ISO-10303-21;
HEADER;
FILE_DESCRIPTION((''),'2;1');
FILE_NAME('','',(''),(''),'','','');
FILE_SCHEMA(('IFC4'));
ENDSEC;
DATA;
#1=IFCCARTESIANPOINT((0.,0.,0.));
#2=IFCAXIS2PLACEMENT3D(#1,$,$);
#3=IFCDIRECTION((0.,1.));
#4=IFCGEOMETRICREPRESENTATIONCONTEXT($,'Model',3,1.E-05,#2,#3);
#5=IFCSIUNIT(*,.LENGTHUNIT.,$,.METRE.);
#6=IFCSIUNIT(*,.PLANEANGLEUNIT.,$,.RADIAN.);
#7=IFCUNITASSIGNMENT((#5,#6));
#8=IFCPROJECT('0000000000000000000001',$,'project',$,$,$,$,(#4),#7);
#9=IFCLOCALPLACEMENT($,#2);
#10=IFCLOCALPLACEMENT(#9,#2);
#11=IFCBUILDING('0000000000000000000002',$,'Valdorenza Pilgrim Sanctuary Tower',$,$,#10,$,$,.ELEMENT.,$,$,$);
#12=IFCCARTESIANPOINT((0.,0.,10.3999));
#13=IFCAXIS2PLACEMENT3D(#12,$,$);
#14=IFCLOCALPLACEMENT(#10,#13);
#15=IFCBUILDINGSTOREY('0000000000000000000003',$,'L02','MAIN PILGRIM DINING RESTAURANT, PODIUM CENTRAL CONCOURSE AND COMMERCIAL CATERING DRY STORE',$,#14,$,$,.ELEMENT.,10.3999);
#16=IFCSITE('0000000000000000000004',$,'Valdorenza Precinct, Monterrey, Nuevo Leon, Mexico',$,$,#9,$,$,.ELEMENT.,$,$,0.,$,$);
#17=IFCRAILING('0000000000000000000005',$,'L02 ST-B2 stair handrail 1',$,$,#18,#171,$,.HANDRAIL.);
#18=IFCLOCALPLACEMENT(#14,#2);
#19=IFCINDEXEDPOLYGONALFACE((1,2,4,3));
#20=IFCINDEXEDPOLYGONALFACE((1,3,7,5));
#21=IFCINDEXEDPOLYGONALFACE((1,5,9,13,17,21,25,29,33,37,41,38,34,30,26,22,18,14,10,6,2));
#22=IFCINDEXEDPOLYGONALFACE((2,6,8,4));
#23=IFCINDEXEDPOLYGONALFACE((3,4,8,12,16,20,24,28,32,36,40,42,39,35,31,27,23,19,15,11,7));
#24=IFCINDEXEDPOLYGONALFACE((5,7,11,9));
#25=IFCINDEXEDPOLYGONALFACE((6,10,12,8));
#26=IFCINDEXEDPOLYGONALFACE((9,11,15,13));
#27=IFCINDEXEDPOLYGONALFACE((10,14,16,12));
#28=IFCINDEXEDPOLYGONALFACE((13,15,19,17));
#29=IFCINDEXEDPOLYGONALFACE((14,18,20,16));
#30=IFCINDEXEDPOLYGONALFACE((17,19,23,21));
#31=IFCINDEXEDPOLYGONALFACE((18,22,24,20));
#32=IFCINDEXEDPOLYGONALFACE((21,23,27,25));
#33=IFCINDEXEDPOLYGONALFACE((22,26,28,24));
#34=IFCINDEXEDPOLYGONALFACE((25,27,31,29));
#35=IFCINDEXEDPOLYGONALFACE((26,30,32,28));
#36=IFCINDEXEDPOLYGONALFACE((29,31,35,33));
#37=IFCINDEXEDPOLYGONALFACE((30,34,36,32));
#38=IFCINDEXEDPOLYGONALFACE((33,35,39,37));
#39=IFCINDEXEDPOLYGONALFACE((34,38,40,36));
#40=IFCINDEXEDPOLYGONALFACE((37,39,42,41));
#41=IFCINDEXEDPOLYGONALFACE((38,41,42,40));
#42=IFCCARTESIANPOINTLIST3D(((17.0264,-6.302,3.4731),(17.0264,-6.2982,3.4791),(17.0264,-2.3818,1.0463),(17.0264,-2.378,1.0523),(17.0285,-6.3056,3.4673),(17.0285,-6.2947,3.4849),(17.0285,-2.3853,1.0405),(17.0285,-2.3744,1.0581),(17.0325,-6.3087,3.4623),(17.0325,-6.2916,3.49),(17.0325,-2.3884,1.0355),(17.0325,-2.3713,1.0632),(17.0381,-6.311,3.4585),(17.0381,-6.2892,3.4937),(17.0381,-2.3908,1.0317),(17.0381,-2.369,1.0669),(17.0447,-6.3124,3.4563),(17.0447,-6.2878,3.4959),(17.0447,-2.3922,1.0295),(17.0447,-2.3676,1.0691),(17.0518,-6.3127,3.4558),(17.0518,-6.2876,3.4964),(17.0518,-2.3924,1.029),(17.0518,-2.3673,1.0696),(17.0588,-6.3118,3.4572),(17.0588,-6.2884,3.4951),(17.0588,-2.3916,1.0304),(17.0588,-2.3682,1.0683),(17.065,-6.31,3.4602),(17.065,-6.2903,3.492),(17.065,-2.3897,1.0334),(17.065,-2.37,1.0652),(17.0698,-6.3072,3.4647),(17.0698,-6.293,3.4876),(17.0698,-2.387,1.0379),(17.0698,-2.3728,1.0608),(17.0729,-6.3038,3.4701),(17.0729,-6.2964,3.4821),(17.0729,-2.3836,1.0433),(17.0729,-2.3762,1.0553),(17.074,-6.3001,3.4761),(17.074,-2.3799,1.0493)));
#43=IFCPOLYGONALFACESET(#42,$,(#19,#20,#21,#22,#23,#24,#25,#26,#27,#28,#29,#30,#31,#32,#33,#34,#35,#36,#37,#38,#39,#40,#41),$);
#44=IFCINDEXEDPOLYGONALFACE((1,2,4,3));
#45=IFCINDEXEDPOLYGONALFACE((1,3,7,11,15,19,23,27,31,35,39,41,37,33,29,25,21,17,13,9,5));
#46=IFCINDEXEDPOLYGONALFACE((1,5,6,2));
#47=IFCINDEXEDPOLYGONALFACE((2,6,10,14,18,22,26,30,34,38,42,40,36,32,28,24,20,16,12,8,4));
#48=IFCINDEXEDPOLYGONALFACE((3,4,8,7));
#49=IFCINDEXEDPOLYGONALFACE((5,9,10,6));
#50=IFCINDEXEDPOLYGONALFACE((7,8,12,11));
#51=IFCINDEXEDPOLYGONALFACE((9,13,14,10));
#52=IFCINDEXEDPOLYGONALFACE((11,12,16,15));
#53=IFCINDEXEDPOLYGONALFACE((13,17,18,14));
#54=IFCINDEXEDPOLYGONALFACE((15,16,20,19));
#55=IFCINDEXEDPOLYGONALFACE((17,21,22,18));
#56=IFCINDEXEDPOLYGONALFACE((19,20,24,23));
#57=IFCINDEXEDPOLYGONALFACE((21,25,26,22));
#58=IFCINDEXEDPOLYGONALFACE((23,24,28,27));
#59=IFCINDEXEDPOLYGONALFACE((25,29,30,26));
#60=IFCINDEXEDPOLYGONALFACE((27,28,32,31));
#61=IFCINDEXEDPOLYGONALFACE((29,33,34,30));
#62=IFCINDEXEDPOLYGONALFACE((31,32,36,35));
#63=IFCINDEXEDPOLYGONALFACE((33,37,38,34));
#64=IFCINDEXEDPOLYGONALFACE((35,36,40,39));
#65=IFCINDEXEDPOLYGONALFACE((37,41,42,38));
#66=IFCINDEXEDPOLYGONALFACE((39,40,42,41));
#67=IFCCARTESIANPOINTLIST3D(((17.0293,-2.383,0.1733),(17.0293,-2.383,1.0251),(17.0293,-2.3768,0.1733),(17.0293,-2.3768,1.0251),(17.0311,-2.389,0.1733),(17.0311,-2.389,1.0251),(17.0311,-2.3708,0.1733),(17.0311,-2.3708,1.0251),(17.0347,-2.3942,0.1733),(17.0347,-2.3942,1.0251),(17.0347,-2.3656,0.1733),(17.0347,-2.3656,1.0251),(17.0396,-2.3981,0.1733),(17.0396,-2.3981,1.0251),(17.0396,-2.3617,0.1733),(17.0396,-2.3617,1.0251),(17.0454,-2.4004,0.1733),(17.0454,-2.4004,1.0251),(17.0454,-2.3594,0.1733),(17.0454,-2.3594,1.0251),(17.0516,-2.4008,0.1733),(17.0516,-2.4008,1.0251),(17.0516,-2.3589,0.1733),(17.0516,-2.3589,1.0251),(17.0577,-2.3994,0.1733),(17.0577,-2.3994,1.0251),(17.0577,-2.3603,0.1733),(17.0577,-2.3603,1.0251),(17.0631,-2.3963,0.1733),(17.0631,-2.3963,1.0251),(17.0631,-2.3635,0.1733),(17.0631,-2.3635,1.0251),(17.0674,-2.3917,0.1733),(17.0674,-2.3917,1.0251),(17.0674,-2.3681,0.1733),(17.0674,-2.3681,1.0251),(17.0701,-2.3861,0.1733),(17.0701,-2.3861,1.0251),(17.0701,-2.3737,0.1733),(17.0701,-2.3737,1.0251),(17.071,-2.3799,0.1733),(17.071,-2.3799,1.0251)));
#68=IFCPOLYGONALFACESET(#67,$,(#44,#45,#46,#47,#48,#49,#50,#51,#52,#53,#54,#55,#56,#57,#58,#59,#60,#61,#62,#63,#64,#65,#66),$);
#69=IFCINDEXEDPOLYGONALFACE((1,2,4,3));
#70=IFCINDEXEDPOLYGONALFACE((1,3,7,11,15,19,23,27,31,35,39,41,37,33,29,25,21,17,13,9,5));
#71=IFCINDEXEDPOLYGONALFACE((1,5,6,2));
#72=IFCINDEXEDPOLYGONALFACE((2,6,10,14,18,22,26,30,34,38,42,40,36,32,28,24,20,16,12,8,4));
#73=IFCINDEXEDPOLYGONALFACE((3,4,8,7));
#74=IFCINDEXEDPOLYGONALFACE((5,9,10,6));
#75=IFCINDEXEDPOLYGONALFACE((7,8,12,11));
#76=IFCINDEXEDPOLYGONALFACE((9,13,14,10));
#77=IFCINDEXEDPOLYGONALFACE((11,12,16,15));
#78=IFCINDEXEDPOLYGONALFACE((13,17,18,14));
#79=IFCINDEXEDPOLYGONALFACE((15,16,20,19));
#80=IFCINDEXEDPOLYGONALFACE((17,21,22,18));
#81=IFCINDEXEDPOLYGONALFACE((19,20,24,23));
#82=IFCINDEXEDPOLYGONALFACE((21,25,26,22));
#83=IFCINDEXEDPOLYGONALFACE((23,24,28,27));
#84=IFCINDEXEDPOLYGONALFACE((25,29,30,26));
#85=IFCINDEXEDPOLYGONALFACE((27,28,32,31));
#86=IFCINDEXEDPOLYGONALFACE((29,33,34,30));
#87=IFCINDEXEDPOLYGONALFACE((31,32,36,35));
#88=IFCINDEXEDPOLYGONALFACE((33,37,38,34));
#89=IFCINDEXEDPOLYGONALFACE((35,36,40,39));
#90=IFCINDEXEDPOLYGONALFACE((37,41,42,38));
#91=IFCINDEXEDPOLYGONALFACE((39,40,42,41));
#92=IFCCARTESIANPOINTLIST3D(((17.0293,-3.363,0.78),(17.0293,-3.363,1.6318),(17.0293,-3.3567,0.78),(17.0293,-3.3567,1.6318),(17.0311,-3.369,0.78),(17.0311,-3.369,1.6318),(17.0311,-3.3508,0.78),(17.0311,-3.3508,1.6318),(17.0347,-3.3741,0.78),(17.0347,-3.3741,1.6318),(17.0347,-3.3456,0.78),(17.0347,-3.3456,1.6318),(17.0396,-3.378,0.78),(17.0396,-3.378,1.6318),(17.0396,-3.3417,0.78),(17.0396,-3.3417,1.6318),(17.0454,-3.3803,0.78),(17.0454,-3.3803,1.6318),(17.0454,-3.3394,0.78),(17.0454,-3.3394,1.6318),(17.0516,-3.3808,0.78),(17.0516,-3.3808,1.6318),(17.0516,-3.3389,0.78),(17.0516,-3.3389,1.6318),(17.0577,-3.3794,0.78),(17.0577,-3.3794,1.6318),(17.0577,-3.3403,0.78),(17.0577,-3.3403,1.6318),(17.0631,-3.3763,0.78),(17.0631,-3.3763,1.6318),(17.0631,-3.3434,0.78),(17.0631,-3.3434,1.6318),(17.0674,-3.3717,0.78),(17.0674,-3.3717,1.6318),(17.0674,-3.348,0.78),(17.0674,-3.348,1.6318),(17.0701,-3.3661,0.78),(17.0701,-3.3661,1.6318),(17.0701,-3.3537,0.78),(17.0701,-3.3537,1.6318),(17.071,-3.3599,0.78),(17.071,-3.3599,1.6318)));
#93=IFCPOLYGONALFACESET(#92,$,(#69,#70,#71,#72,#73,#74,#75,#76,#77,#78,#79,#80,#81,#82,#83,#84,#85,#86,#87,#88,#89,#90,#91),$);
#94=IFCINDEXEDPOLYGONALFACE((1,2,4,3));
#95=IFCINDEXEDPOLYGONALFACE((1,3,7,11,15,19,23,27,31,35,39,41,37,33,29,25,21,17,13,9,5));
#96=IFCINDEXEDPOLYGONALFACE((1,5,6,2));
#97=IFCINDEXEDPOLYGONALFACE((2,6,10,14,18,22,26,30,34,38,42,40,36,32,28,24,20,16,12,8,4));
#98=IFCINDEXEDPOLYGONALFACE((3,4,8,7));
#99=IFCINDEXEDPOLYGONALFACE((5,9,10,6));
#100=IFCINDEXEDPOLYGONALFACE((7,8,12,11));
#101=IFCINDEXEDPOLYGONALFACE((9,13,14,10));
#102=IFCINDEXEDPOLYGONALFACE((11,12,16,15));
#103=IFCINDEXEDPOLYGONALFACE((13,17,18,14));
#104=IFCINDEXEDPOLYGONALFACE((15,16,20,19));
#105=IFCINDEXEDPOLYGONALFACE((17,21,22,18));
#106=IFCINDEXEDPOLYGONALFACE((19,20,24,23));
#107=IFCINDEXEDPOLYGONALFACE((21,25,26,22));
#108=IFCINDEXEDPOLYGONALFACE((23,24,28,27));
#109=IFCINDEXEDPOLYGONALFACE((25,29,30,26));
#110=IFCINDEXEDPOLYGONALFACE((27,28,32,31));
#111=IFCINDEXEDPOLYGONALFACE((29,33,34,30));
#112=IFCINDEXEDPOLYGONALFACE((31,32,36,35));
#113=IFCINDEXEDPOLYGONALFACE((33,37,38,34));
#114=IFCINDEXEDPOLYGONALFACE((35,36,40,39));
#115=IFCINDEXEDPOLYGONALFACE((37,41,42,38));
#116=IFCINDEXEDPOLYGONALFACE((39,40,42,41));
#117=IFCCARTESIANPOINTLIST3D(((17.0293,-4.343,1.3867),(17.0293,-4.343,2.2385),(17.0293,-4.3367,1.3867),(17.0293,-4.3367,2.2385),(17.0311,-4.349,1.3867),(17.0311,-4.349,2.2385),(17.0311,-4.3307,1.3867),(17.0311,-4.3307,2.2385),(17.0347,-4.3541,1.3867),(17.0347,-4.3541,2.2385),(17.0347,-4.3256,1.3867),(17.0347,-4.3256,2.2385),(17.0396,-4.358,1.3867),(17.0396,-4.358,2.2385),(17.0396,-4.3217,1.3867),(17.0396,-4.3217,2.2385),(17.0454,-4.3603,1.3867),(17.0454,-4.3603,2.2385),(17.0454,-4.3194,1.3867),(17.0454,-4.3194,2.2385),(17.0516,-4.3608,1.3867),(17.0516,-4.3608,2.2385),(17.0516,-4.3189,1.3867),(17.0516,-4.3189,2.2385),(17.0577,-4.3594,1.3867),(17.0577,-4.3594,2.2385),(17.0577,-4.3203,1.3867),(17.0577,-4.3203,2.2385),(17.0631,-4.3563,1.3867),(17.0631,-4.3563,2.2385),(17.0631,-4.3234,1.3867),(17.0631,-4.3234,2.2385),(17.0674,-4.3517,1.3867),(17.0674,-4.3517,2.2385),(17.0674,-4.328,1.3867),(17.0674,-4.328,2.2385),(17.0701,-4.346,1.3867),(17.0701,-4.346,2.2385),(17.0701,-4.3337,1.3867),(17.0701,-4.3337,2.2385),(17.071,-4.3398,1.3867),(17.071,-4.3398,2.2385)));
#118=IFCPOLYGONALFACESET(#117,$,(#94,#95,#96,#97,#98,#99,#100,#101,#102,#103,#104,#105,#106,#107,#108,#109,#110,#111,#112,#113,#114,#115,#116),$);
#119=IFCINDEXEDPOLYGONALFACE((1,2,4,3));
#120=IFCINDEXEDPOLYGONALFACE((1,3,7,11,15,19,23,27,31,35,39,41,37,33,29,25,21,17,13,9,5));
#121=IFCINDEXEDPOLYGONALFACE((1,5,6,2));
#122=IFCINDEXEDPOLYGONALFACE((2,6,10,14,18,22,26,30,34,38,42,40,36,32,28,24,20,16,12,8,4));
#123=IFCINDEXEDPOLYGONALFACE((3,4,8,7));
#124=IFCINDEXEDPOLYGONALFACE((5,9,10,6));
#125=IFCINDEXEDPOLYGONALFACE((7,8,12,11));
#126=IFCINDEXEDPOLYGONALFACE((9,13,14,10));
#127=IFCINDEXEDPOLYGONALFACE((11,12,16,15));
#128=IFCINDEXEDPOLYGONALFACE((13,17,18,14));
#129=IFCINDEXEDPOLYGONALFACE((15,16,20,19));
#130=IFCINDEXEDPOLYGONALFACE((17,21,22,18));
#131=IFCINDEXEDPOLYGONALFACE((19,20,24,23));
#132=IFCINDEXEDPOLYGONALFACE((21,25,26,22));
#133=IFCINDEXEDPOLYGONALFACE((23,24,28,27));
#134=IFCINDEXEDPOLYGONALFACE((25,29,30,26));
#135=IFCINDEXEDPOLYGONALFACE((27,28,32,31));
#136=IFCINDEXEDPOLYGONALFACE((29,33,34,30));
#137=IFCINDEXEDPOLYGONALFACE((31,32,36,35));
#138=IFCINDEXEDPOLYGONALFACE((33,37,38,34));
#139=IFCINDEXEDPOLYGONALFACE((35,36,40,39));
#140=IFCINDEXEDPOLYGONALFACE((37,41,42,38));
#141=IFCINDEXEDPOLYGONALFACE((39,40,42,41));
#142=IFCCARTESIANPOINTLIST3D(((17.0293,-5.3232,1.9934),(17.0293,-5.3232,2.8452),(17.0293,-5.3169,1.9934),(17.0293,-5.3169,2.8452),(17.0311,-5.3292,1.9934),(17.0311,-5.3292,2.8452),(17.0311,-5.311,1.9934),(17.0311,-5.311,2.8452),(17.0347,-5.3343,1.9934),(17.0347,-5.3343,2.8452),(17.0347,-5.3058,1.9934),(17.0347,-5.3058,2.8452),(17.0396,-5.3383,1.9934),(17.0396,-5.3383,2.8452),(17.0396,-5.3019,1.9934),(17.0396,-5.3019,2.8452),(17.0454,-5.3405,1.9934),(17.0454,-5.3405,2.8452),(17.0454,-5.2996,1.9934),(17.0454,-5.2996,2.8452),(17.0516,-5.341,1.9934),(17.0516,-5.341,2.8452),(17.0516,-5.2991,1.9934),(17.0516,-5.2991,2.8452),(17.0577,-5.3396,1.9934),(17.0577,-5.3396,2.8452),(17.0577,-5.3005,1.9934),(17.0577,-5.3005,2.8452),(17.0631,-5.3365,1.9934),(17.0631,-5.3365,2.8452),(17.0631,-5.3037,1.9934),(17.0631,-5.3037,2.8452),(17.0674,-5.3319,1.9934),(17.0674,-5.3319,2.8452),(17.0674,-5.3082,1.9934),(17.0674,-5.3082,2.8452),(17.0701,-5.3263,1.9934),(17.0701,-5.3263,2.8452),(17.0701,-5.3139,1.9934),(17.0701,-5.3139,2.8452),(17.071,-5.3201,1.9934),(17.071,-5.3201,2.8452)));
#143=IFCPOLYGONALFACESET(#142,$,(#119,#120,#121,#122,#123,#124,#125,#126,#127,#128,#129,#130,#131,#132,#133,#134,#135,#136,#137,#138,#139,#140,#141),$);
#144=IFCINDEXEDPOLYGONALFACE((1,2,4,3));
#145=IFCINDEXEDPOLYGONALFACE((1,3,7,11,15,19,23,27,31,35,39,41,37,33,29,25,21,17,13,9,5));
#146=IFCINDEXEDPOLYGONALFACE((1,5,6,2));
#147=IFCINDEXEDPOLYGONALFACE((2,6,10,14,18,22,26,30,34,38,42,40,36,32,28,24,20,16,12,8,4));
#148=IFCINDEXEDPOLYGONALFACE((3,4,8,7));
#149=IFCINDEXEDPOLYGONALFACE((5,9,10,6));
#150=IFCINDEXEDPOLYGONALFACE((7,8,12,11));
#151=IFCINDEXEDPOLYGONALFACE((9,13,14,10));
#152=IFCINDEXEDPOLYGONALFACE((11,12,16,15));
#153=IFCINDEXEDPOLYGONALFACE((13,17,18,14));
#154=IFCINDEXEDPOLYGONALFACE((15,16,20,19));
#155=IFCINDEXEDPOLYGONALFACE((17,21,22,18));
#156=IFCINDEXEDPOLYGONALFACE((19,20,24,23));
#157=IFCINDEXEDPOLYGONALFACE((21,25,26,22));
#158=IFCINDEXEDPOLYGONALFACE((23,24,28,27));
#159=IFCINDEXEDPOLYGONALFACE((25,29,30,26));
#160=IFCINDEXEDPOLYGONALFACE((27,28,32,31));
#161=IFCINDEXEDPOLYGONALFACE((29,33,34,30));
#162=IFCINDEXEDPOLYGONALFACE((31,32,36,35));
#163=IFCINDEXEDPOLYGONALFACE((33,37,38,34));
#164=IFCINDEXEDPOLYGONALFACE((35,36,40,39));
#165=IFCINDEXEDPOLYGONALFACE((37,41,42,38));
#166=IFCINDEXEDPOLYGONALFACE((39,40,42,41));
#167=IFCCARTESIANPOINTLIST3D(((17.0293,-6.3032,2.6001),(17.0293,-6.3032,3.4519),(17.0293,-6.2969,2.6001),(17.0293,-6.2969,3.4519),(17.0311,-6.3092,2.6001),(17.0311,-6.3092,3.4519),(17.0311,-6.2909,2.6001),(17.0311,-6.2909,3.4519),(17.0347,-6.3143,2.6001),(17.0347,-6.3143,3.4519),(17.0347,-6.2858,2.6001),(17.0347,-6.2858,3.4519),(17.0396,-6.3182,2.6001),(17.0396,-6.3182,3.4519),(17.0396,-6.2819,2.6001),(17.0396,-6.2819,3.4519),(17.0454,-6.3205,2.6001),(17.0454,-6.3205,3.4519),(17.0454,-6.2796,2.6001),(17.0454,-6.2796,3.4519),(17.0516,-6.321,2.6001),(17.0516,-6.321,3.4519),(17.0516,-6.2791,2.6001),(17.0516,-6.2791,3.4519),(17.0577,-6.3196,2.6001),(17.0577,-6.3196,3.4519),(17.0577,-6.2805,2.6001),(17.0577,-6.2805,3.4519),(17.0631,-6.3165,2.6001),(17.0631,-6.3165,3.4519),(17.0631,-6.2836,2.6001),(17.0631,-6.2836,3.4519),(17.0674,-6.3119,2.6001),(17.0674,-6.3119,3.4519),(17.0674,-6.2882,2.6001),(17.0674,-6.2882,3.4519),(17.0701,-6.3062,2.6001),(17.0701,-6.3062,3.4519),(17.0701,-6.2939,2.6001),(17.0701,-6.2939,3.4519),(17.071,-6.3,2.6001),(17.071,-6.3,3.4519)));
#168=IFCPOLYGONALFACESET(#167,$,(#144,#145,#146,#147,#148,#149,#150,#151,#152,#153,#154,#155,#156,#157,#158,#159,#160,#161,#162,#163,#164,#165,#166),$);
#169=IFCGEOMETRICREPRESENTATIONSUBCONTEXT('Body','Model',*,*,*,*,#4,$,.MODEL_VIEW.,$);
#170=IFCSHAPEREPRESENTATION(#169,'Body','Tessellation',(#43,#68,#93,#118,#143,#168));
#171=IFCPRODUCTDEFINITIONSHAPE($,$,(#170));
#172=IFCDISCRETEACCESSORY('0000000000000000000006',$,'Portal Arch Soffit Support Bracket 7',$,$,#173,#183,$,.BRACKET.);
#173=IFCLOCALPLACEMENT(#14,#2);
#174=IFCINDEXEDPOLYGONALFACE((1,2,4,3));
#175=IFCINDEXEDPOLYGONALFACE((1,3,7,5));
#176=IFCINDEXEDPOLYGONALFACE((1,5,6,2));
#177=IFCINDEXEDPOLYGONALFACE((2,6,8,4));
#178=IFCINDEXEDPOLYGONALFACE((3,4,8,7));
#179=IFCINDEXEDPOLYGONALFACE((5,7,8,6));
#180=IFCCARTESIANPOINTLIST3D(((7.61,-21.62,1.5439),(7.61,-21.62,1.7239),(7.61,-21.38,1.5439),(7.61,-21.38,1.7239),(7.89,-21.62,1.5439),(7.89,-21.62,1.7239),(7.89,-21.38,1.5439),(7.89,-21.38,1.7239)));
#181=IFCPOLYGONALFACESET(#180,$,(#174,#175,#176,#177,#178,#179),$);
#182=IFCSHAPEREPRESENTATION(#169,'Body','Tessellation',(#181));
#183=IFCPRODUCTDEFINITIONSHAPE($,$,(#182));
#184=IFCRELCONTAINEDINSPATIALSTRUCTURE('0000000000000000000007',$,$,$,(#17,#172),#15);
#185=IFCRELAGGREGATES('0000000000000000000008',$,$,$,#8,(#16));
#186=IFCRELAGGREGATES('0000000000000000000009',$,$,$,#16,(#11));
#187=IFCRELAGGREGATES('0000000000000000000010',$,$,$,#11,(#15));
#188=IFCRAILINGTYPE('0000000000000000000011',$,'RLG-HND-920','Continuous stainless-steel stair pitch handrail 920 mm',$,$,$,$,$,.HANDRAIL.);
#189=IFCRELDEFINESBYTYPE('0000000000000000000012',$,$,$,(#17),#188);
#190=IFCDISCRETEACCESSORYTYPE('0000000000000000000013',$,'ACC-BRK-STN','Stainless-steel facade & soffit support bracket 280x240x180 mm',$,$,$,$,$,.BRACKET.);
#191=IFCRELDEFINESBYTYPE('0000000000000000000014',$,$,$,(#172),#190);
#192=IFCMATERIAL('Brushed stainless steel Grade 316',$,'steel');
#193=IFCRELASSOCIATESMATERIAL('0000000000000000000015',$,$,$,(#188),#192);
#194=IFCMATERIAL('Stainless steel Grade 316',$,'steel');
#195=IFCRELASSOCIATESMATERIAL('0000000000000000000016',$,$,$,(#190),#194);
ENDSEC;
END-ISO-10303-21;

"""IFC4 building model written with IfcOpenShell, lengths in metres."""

from ifc_helpers import new_model, si_unit, direction, frame, origin, origin_2d, place, context, subcontext, project, spatial, rectangle, circle, extrude, source, transform, mapped, material, type_object, element, save


model = new_model("IFC4")

# Units and contexts
model_context = context("Model", 3, precision=1e-05, world=origin(), true_north=direction((0.0, 1.0)))
body_context = subcontext(model_context, "Body", "Model", "MODEL_VIEW")
ifc_project = project(units=[si_unit("LENGTHUNIT", "METRE"), si_unit("PLANEANGLEUNIT", "RADIAN")], contexts=[model_context])

# Site, building, storey
site_placement = place(None, origin())
site = spatial("IfcSite", under=ifc_project, at=site_placement, Name="Valdorenza Precinct, Monterrey, Nuevo Leon, Mexico", CompositionType="ELEMENT", RefElevation=0.0)
building_placement = place(site_placement, origin())
building = spatial("IfcBuilding", under=site, at=building_placement, Name="Valdorenza Pilgrim Sanctuary Tower", CompositionType="ELEMENT")
storey_placement = place(building_placement, frame((0.0, 0.0, 10.3999)))
storey = spatial("IfcBuildingStorey", under=building, at=storey_placement, Name="L02", Description="MAIN PILGRIM DINING RESTAURANT, PODIUM CENTRAL CONCOURSE AND COMMERCIAL CATERING DRY STORE", CompositionType="ELEMENT", Elevation=10.3999)

# Railing
ifc_material_1 = material(Name="Brushed stainless steel Grade 316", Category="steel")
railing_type = type_object("IfcRailingType", Name="RLG-HND-920", Description="Continuous stainless-steel stair pitch handrail 920 mm", PredefinedType="HANDRAIL", material=ifc_material_1)
railing_placement = place(storey_placement, frame((17.05, -2.3799, 0.1733)))
element("IfcRailing", 1, at=railing_placement, inside=storey, type_object=railing_type, Name="L02 ST-B2 stair handrail 1", PredefinedType="HANDRAIL", context=body_context, shape_type="SweptSolid", body=[
    extrude(circle(Radius=0.0239, at=origin_2d()), frame((0.0, 0.0, 0.876), z_axis=(0.0, -0.850266, 0.526353), x_axis=(1.0, 0.0, 0.0)), (0.0, 0.0, 1.0), 4.6106),
    extrude(circle(Radius=0.021, at=origin_2d()), origin(), (0.0, 0.0, 1.0), 0.8518),
    extrude(circle(Radius=0.021, at=origin_2d()), frame((0.0, -0.98, 0.6067)), (0.0, 0.0, 1.0), 0.8518),
    extrude(circle(Radius=0.021, at=origin_2d()), frame((0.0, -1.96, 1.2134)), (0.0, 0.0, 1.0), 0.8518),
    extrude(circle(Radius=0.021, at=origin_2d()), frame((0.0, -2.9402, 1.8201)), (0.0, 0.0, 1.0), 0.8518),
    extrude(circle(Radius=0.021, at=origin_2d()), frame((0.0, -3.9202, 2.4268)), (0.0, 0.0, 1.0), 0.8518),
])

# Discrete accessory
ifc_material_2 = material(Name="Stainless steel Grade 316", Category="steel")
discrete_accessory_type = type_object("IfcDiscreteAccessoryType", Name="ACC-BRK-STN", Description="Stainless-steel facade & soffit support bracket 280x240x180 mm", PredefinedType="BRACKET", material=ifc_material_2)
shared_shape_1 = source(origin(), body_context, "Body", "SweptSolid", [
    extrude(rectangle(XDim=0.28, YDim=0.24, at=origin_2d()), origin(), (0.0, 0.0, 1.0), 0.1799),
])
discrete_accessory_placement = place(storey_placement, frame((7.75, -21.5, 1.5439), z_axis=(0.0, 0.0, 1.0), x_axis=(1.0, 0.0, 0.0)))
element("IfcDiscreteAccessory", 2, at=discrete_accessory_placement, inside=storey, type_object=discrete_accessory_type, Name="Portal Arch Soffit Support Bracket 7", PredefinedType="BRACKET", context=body_context, shape_type="MappedRepresentation", body=[
    mapped(shared_shape_1, transform((0.0, 0.0, 0.0), x_axis=(1.0, 0.0, 0.0), y_axis=(0.0, 1.0, 0.0), z_axis=(0.0, 0.0, 1.0), scale=1.0)),
])

save(model, "model.ifc")
